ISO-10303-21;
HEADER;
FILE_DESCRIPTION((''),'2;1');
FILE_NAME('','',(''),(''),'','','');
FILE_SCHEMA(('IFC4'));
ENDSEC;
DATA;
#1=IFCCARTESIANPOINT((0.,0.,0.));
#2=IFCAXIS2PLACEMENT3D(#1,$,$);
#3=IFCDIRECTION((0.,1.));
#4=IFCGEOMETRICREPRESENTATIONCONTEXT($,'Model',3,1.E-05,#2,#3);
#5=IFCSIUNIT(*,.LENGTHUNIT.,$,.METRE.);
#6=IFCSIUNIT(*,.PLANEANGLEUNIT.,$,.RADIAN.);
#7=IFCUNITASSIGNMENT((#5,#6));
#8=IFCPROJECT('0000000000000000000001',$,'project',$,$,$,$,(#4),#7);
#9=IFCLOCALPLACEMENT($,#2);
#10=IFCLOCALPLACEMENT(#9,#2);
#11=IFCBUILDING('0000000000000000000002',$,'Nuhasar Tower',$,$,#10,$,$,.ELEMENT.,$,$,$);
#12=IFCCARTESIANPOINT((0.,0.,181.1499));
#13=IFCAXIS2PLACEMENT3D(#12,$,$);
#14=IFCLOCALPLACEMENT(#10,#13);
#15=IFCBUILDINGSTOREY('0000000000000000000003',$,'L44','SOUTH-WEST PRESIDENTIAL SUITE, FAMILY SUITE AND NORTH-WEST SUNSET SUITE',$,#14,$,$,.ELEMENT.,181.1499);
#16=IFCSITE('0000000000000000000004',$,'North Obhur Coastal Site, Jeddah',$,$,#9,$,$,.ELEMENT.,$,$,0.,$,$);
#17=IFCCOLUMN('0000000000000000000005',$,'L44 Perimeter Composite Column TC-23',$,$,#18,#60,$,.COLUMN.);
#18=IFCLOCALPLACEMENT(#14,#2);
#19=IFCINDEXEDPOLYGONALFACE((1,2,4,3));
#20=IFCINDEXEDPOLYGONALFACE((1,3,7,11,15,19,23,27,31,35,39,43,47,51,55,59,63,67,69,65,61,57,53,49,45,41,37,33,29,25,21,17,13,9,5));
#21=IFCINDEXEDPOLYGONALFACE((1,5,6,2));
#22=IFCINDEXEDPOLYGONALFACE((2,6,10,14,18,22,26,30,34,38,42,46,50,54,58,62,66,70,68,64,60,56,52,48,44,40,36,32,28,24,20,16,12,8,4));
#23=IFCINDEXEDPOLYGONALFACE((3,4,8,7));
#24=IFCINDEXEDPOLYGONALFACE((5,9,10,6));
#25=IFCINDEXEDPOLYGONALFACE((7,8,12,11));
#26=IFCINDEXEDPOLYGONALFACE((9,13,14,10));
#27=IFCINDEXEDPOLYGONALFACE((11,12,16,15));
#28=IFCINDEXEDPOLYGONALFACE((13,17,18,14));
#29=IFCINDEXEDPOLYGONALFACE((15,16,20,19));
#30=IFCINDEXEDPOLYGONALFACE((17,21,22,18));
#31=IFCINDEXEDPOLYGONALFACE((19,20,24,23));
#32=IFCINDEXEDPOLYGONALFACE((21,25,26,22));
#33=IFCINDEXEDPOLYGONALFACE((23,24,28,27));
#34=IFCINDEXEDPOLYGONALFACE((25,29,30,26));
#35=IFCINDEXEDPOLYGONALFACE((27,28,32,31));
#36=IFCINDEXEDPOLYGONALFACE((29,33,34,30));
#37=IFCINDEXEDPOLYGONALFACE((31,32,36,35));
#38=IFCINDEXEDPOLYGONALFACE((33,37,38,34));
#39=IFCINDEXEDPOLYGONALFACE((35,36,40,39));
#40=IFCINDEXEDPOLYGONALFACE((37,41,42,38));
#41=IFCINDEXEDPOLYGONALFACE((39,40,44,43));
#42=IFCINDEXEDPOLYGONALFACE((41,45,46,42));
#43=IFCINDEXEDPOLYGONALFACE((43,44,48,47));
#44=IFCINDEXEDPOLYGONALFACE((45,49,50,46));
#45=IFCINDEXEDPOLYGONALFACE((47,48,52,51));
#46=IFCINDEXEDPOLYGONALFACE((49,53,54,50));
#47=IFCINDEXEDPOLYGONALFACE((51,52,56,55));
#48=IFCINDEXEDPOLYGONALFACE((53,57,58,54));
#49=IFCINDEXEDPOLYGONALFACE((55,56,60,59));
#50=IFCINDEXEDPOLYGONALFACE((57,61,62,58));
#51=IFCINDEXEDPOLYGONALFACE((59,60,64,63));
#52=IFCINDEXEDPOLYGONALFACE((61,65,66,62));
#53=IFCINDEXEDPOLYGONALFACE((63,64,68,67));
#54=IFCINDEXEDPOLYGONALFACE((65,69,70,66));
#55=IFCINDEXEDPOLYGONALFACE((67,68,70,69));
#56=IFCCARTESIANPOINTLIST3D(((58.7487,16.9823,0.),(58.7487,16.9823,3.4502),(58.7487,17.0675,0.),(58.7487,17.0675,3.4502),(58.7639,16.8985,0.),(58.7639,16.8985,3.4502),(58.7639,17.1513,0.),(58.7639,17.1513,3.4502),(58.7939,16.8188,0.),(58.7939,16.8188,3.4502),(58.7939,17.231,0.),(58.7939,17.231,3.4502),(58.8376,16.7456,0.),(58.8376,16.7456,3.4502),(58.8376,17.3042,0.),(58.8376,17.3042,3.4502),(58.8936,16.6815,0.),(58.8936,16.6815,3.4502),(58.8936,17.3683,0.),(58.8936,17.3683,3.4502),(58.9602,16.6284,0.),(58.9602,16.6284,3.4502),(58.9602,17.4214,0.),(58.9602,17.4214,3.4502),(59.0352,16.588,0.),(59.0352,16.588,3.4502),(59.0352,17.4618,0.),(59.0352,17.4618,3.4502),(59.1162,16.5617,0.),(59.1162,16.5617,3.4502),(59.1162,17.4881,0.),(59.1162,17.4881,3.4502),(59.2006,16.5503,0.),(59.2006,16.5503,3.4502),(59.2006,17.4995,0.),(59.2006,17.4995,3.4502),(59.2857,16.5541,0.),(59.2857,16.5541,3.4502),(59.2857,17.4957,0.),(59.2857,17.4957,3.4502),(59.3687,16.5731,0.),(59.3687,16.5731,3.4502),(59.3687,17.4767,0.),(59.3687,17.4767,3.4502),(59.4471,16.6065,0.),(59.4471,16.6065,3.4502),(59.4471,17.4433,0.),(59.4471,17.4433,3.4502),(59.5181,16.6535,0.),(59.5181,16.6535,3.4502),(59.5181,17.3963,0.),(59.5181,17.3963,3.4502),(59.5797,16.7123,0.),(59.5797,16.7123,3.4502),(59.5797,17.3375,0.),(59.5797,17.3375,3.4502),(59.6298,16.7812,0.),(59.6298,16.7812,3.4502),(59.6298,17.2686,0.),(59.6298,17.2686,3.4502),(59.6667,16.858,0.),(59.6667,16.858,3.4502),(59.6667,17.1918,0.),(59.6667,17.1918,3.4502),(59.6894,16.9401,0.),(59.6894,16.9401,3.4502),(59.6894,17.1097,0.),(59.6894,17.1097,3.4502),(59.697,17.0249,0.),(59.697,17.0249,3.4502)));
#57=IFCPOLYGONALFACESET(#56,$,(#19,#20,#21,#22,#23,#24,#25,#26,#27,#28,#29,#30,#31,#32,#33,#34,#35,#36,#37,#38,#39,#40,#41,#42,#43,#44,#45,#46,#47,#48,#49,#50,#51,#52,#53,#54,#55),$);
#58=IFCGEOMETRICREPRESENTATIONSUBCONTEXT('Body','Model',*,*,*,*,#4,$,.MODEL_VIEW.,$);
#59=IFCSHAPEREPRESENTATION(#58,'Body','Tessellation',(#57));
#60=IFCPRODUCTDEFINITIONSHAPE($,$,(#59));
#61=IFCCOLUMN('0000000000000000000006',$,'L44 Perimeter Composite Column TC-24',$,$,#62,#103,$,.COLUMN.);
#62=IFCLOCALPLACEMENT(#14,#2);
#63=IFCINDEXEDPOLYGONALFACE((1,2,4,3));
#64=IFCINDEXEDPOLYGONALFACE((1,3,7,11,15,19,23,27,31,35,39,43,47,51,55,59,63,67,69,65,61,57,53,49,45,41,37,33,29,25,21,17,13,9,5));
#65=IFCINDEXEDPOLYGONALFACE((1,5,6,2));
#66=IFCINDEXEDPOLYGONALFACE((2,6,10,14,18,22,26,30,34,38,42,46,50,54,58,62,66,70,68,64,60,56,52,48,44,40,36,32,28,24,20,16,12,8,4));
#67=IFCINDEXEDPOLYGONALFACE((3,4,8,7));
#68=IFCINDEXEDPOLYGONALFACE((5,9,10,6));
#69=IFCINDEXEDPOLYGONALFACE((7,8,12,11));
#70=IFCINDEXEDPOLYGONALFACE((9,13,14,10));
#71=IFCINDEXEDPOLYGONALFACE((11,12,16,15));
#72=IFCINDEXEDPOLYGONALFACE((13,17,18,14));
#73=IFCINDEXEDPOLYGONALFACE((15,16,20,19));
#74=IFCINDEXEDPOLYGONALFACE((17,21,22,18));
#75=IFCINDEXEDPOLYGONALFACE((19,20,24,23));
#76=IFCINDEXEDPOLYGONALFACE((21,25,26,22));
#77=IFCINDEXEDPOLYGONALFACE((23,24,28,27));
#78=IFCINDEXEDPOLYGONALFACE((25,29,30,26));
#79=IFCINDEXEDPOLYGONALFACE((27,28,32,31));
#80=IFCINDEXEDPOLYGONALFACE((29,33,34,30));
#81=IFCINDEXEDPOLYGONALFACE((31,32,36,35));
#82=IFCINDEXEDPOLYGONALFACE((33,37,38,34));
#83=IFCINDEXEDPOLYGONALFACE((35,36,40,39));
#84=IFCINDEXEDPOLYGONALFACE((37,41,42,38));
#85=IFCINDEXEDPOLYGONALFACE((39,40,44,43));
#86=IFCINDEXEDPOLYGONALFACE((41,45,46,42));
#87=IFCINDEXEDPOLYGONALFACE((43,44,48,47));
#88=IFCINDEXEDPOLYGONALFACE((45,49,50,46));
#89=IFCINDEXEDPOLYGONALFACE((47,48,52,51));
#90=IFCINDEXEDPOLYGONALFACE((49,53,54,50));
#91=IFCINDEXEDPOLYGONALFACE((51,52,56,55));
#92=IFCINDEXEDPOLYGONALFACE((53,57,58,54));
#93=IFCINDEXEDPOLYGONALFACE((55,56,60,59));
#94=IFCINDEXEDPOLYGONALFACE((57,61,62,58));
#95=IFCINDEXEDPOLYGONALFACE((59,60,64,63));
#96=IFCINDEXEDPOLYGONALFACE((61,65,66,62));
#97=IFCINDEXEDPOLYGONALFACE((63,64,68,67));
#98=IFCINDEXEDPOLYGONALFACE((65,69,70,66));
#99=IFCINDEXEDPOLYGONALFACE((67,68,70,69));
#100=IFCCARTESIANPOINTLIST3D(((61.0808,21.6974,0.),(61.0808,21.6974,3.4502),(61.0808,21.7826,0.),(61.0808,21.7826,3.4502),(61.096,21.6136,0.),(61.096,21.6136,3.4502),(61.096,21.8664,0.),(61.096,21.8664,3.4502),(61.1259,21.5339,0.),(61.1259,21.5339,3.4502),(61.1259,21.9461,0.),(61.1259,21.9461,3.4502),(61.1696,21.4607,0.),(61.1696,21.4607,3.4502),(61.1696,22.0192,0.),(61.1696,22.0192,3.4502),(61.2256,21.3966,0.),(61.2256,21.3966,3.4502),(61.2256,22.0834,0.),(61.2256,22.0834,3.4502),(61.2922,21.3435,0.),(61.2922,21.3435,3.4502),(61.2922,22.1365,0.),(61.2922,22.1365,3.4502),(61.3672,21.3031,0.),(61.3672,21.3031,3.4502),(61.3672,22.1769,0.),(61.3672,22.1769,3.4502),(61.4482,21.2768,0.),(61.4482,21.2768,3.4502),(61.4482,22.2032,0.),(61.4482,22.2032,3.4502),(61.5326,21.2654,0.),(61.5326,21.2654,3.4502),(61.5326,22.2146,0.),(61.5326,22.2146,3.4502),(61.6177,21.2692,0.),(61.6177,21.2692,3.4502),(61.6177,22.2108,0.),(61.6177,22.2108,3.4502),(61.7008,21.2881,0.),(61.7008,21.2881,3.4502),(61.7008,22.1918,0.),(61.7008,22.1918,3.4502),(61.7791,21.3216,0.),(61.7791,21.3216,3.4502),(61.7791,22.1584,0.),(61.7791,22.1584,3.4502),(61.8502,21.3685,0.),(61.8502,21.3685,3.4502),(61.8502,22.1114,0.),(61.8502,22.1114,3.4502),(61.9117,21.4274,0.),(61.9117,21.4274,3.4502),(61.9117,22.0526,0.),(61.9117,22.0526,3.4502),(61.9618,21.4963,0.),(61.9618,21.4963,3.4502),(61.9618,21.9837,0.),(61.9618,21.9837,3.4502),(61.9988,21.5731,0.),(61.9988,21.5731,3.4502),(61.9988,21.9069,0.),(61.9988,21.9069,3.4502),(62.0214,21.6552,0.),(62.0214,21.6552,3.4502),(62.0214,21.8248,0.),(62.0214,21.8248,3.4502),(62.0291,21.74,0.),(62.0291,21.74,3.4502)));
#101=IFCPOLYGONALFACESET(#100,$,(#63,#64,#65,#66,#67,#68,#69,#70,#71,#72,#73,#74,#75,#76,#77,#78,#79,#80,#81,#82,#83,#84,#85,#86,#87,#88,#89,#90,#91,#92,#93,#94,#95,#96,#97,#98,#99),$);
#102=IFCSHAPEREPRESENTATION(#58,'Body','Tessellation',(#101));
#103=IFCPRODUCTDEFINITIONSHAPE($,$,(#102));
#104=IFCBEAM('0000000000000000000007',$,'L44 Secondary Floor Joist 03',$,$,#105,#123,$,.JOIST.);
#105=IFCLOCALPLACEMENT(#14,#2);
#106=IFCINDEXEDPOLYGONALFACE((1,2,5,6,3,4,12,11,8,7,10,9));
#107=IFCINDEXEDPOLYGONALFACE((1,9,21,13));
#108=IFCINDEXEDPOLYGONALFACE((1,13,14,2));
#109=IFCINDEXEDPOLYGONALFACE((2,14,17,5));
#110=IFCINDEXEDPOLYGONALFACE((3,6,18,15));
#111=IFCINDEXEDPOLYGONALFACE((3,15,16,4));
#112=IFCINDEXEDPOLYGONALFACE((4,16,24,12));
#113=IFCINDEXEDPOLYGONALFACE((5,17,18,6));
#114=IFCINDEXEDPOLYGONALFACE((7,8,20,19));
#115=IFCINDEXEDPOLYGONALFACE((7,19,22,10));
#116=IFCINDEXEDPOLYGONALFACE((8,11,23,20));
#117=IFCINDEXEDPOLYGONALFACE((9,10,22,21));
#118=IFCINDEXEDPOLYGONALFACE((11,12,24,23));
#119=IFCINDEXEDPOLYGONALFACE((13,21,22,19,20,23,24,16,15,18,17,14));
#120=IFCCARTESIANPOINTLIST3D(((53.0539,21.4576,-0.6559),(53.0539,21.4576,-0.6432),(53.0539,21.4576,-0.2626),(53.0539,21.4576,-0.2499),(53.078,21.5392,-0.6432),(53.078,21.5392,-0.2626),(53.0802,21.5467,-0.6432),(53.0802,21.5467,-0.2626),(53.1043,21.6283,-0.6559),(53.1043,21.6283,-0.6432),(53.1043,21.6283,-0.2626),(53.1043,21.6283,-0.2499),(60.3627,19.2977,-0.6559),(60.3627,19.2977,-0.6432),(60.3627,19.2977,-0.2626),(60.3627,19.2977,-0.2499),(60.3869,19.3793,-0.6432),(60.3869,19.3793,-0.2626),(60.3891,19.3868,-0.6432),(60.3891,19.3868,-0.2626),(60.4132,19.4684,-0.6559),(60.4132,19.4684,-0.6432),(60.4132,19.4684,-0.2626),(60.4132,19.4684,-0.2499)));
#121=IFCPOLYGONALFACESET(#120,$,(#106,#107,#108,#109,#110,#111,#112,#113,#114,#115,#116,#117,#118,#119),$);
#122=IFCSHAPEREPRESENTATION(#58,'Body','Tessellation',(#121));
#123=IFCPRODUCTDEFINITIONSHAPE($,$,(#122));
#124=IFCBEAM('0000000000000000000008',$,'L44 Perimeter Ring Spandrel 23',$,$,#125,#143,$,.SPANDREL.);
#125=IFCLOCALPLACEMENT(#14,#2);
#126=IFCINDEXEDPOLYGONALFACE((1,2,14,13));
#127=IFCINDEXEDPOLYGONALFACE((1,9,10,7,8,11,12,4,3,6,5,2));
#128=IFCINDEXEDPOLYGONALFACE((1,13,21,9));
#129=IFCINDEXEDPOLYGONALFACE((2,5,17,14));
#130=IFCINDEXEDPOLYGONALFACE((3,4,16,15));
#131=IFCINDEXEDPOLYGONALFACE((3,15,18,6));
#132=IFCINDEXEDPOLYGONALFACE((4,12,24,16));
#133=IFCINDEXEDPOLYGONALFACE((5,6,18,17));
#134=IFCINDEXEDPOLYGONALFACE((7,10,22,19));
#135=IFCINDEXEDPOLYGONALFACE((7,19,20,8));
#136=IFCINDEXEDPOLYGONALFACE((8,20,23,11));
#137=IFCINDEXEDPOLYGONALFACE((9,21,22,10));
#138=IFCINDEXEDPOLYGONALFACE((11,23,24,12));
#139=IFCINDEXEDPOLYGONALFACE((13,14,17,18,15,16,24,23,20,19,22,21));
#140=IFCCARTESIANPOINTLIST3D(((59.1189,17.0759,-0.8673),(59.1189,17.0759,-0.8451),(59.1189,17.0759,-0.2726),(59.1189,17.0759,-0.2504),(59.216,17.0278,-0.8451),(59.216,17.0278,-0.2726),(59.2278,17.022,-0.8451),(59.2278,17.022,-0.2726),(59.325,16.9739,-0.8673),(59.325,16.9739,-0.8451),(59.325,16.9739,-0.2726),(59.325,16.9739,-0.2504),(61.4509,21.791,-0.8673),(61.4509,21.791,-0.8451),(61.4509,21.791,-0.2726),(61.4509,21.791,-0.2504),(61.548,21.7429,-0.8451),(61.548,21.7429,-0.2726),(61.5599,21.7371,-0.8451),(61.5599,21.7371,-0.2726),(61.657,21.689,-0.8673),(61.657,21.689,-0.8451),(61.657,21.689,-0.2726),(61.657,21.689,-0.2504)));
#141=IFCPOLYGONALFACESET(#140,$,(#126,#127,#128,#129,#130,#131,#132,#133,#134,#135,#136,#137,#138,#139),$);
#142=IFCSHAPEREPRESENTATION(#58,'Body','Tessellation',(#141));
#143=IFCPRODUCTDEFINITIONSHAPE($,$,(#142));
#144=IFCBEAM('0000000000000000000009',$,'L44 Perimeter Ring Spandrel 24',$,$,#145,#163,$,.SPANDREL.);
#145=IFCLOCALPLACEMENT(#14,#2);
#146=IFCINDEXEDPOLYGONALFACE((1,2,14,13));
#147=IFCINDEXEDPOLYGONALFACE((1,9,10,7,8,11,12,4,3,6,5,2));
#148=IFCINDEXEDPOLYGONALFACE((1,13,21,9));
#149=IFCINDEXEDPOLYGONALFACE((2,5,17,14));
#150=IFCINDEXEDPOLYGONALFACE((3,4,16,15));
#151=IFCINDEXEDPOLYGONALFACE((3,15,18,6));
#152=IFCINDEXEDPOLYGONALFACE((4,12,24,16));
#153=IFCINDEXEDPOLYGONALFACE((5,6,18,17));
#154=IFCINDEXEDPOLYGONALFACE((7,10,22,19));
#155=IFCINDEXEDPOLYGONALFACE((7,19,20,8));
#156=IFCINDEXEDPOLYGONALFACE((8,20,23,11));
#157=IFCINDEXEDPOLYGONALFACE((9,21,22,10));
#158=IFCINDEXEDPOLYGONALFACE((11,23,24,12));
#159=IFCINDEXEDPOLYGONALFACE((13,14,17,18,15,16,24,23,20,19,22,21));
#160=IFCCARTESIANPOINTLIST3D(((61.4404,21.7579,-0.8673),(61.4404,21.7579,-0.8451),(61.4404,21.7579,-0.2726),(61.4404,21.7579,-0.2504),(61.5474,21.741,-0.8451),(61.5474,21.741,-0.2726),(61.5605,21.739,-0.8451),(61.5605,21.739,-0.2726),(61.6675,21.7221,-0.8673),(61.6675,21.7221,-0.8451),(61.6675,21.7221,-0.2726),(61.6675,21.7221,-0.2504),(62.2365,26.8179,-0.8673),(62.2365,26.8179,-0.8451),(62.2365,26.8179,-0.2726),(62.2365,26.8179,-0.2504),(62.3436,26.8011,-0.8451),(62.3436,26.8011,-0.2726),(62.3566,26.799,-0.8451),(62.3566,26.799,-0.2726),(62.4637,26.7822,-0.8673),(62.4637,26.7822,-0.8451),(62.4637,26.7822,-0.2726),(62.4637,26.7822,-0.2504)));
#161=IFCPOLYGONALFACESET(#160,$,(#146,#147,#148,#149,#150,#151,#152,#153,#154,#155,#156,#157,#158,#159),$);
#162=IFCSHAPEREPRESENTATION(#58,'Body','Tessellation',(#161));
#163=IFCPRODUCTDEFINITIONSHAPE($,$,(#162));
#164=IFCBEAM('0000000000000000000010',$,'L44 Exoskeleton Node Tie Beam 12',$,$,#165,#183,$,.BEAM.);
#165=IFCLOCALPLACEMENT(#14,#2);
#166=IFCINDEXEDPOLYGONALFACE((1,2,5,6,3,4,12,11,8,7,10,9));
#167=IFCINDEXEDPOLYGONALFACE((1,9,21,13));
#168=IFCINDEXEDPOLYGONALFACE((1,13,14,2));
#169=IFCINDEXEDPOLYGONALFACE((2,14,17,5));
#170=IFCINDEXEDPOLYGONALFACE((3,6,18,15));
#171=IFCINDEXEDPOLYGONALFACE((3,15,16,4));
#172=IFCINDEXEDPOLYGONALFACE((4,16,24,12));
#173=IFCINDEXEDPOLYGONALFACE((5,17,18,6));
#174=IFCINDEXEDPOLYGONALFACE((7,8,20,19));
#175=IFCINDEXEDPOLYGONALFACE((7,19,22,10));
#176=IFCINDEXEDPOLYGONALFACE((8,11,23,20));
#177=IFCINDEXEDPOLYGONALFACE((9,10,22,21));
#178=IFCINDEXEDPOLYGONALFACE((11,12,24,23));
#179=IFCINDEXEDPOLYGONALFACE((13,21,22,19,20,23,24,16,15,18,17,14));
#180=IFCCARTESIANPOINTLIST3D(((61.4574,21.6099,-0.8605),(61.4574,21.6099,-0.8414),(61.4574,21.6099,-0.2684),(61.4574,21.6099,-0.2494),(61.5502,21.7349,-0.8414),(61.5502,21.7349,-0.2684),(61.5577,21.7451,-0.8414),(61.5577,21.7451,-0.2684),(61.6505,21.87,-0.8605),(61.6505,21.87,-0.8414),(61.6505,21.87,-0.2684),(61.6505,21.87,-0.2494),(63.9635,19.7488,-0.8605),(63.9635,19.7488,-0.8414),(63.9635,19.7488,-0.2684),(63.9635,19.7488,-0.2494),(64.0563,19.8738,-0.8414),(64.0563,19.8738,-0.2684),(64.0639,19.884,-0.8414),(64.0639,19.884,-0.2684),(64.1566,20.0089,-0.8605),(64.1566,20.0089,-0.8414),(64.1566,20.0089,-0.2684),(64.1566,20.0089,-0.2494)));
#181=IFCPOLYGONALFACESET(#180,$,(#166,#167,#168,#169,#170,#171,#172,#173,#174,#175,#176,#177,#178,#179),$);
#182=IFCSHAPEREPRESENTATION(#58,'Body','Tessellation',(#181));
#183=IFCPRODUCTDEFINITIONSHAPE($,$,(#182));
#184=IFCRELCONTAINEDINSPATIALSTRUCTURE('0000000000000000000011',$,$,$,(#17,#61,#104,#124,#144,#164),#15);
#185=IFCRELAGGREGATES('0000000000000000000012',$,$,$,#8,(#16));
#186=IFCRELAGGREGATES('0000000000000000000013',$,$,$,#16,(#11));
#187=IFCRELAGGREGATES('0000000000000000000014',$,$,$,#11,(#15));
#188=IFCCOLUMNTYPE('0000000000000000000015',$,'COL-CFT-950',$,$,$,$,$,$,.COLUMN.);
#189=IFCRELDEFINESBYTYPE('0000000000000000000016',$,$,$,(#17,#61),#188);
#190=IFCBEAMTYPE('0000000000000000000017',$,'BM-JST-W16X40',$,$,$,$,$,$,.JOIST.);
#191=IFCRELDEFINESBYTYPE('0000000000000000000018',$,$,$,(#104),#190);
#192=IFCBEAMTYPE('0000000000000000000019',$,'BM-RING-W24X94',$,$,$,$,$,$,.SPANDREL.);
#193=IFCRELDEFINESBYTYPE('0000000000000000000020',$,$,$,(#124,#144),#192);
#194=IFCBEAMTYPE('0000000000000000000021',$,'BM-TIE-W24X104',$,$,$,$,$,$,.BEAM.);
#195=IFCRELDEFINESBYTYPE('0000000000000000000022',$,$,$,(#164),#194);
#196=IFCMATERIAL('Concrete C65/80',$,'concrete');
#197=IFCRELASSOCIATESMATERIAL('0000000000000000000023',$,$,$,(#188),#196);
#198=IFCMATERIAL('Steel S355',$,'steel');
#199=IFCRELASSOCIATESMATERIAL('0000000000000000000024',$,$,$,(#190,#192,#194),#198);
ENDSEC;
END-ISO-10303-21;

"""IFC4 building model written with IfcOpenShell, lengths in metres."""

from ifc_helpers import new_model, si_unit, direction, frame, origin, origin_2d, place, context, subcontext, project, spatial, circle, i_section, extrude, material, material_profile, profile_set, type_object, element, save


model = new_model("IFC4")

# Units and contexts
model_context = context("Model", 3, precision=1e-05, world=origin(), true_north=direction((0.0, 1.0)))
body_context = subcontext(model_context, "Body", "Model", "MODEL_VIEW")
ifc_project = project(units=[si_unit("LENGTHUNIT", "METRE"), si_unit("PLANEANGLEUNIT", "RADIAN")], contexts=[model_context])

# Site, building, storey
site_placement = place(None, origin())
site = spatial("IfcSite", under=ifc_project, at=site_placement, Name="North Obhur Coastal Site, Jeddah", CompositionType="ELEMENT", RefElevation=0.0)
building_placement = place(site_placement, origin())
building = spatial("IfcBuilding", under=site, at=building_placement, Name="Nuhasar Tower", CompositionType="ELEMENT")
storey_placement = place(building_placement, frame((0.0, 0.0, 181.1499)))
storey = spatial("IfcBuildingStorey", under=building, at=storey_placement, Name="L44", Description="SOUTH-WEST PRESIDENTIAL SUITE, FAMILY SUITE AND NORTH-WEST SUNSET SUITE", CompositionType="ELEMENT", Elevation=181.1499)

# Columns
ifc_material_1 = material(Name="Concrete C65/80", Category="concrete")
ifc_material_profile_1 = material_profile(ifc_material_1, circle(Radius=0.4751, at=origin_2d()), Name="CFT950")
ifc_profile_set_1 = profile_set([ifc_material_profile_1], Name="Concrete C65/80")
column_type = type_object("IfcColumnType", Name="COL-CFT-950", PredefinedType="COLUMN", material=ifc_profile_set_1)
for number, where, z_axis, x_axis, name in (
    (1, (59.2219, 17.0249, 0.0), (0.0, 0.0, 1.0), (1.0, 0.0, 0.0), "L44 Perimeter Composite Column TC-23"),
    (2, (61.554, 21.74, 0.0), (0.0, 0.0, 1.0), (1.0, 0.0, 0.0), "L44 Perimeter Composite Column TC-24"),
):
    element("IfcColumn", number, at=place(storey_placement, frame(where, z_axis=z_axis, x_axis=x_axis)), inside=storey, type_object=column_type, Name=name, PredefinedType="COLUMN", context=body_context, shape_type="SweptSolid", body=[
        extrude(circle(Radius=0.4751, at=origin_2d()), origin(), (0.0, 0.0, 1.0), 3.4502),
    ])

# Beams
ifc_material_2 = material(Name="Steel S355", Category="steel")
ifc_material_profile_2 = material_profile(ifc_material_2, i_section(OverallWidth=0.178, OverallDepth=0.406, WebThickness=0.0078, FlangeThickness=0.0127, at=origin_2d()), Name="W16X40")
ifc_profile_set_2 = profile_set([ifc_material_profile_2], Name="Steel S355")
beam_type_1 = type_object("IfcBeamType", Name="BM-JST-W16X40", PredefinedType="JOIST", material=ifc_profile_set_2)
beam_1_placement = place(storey_placement, frame((53.0791, 21.543, -0.4529), z_axis=(0.959, -0.283404, 0.0), x_axis=(0.283404, 0.959, 0.0)))
element("IfcBeam", 3, at=beam_1_placement, inside=storey, type_object=beam_type_1, Name="L44 Secondary Floor Joist 03", PredefinedType="JOIST", context=body_context, shape_type="SweptSolid", body=[
    extrude(i_section(OverallWidth=0.178, OverallDepth=0.406, WebThickness=0.0078, FlangeThickness=0.0127, at=origin_2d()), origin(), (0.0, 0.0, 1.0), 7.6213),
])
ifc_material_profile_3 = material_profile(ifc_material_2, i_section(OverallWidth=0.23, OverallDepth=0.6169, WebThickness=0.0132, FlangeThickness=0.0222, at=origin_2d()), Name="W24X94")
ifc_profile_set_3 = profile_set([ifc_material_profile_3], Name="Steel S355")
beam_type_2 = type_object("IfcBeamType", Name="BM-RING-W24X94", PredefinedType="SPANDREL", material=ifc_profile_set_3)
beam_2_placement = place(storey_placement, frame((59.2219, 17.0249, -0.5588), z_axis=(0.443329, 0.896359, 0.0), x_axis=(-0.896359, 0.443329, 0.0)))
element("IfcBeam", 4, at=beam_2_placement, inside=storey, type_object=beam_type_2, Name="L44 Perimeter Ring Spandrel 23", PredefinedType="SPANDREL", context=body_context, shape_type="SweptSolid", body=[
    extrude(i_section(OverallWidth=0.23, OverallDepth=0.6169, WebThickness=0.0132, FlangeThickness=0.0222, at=origin_2d()), origin(), (0.0, 0.0, 1.0), 5.2603),
])
beam_3_placement = place(storey_placement, frame((61.554, 21.74, -0.5588), z_axis=(0.155427, 0.987847, 0.0), x_axis=(-0.987847, 0.155427, 0.0)))
element("IfcBeam", 5, at=beam_3_placement, inside=storey, type_object=beam_type_2, Name="L44 Perimeter Ring Spandrel 24", PredefinedType="SPANDREL", context=body_context, shape_type="SweptSolid", body=[
    extrude(i_section(OverallWidth=0.23, OverallDepth=0.6169, WebThickness=0.0132, FlangeThickness=0.0222, at=origin_2d()), origin(), (0.0, 0.0, 1.0), 5.1223),
])
ifc_material_profile_4 = material_profile(ifc_material_2, i_section(OverallWidth=0.324, OverallDepth=0.6111, WebThickness=0.0127, FlangeThickness=0.019, at=origin_2d()), Name="W24X104")
ifc_profile_set_4 = profile_set([ifc_material_profile_4], Name="Steel S355")
beam_type_3 = type_object("IfcBeamType", Name="BM-TIE-W24X104", PredefinedType="BEAM", material=ifc_profile_set_4)
beam_4_placement = place(storey_placement, frame((61.554, 21.74, -0.5549), z_axis=(0.802835, -0.596202, 0.0), x_axis=(0.596202, 0.802835, 0.0)))
element("IfcBeam", 6, at=beam_4_placement, inside=storey, type_object=beam_type_3, Name="L44 Exoskeleton Node Tie Beam 12", PredefinedType="BEAM", context=body_context, shape_type="SweptSolid", body=[
    extrude(i_section(OverallWidth=0.324, OverallDepth=0.6111, WebThickness=0.0127, FlangeThickness=0.019, at=origin_2d()), origin(), (0.0, 0.0, 1.0), 3.1216),
])

save(model, "model.ifc")
